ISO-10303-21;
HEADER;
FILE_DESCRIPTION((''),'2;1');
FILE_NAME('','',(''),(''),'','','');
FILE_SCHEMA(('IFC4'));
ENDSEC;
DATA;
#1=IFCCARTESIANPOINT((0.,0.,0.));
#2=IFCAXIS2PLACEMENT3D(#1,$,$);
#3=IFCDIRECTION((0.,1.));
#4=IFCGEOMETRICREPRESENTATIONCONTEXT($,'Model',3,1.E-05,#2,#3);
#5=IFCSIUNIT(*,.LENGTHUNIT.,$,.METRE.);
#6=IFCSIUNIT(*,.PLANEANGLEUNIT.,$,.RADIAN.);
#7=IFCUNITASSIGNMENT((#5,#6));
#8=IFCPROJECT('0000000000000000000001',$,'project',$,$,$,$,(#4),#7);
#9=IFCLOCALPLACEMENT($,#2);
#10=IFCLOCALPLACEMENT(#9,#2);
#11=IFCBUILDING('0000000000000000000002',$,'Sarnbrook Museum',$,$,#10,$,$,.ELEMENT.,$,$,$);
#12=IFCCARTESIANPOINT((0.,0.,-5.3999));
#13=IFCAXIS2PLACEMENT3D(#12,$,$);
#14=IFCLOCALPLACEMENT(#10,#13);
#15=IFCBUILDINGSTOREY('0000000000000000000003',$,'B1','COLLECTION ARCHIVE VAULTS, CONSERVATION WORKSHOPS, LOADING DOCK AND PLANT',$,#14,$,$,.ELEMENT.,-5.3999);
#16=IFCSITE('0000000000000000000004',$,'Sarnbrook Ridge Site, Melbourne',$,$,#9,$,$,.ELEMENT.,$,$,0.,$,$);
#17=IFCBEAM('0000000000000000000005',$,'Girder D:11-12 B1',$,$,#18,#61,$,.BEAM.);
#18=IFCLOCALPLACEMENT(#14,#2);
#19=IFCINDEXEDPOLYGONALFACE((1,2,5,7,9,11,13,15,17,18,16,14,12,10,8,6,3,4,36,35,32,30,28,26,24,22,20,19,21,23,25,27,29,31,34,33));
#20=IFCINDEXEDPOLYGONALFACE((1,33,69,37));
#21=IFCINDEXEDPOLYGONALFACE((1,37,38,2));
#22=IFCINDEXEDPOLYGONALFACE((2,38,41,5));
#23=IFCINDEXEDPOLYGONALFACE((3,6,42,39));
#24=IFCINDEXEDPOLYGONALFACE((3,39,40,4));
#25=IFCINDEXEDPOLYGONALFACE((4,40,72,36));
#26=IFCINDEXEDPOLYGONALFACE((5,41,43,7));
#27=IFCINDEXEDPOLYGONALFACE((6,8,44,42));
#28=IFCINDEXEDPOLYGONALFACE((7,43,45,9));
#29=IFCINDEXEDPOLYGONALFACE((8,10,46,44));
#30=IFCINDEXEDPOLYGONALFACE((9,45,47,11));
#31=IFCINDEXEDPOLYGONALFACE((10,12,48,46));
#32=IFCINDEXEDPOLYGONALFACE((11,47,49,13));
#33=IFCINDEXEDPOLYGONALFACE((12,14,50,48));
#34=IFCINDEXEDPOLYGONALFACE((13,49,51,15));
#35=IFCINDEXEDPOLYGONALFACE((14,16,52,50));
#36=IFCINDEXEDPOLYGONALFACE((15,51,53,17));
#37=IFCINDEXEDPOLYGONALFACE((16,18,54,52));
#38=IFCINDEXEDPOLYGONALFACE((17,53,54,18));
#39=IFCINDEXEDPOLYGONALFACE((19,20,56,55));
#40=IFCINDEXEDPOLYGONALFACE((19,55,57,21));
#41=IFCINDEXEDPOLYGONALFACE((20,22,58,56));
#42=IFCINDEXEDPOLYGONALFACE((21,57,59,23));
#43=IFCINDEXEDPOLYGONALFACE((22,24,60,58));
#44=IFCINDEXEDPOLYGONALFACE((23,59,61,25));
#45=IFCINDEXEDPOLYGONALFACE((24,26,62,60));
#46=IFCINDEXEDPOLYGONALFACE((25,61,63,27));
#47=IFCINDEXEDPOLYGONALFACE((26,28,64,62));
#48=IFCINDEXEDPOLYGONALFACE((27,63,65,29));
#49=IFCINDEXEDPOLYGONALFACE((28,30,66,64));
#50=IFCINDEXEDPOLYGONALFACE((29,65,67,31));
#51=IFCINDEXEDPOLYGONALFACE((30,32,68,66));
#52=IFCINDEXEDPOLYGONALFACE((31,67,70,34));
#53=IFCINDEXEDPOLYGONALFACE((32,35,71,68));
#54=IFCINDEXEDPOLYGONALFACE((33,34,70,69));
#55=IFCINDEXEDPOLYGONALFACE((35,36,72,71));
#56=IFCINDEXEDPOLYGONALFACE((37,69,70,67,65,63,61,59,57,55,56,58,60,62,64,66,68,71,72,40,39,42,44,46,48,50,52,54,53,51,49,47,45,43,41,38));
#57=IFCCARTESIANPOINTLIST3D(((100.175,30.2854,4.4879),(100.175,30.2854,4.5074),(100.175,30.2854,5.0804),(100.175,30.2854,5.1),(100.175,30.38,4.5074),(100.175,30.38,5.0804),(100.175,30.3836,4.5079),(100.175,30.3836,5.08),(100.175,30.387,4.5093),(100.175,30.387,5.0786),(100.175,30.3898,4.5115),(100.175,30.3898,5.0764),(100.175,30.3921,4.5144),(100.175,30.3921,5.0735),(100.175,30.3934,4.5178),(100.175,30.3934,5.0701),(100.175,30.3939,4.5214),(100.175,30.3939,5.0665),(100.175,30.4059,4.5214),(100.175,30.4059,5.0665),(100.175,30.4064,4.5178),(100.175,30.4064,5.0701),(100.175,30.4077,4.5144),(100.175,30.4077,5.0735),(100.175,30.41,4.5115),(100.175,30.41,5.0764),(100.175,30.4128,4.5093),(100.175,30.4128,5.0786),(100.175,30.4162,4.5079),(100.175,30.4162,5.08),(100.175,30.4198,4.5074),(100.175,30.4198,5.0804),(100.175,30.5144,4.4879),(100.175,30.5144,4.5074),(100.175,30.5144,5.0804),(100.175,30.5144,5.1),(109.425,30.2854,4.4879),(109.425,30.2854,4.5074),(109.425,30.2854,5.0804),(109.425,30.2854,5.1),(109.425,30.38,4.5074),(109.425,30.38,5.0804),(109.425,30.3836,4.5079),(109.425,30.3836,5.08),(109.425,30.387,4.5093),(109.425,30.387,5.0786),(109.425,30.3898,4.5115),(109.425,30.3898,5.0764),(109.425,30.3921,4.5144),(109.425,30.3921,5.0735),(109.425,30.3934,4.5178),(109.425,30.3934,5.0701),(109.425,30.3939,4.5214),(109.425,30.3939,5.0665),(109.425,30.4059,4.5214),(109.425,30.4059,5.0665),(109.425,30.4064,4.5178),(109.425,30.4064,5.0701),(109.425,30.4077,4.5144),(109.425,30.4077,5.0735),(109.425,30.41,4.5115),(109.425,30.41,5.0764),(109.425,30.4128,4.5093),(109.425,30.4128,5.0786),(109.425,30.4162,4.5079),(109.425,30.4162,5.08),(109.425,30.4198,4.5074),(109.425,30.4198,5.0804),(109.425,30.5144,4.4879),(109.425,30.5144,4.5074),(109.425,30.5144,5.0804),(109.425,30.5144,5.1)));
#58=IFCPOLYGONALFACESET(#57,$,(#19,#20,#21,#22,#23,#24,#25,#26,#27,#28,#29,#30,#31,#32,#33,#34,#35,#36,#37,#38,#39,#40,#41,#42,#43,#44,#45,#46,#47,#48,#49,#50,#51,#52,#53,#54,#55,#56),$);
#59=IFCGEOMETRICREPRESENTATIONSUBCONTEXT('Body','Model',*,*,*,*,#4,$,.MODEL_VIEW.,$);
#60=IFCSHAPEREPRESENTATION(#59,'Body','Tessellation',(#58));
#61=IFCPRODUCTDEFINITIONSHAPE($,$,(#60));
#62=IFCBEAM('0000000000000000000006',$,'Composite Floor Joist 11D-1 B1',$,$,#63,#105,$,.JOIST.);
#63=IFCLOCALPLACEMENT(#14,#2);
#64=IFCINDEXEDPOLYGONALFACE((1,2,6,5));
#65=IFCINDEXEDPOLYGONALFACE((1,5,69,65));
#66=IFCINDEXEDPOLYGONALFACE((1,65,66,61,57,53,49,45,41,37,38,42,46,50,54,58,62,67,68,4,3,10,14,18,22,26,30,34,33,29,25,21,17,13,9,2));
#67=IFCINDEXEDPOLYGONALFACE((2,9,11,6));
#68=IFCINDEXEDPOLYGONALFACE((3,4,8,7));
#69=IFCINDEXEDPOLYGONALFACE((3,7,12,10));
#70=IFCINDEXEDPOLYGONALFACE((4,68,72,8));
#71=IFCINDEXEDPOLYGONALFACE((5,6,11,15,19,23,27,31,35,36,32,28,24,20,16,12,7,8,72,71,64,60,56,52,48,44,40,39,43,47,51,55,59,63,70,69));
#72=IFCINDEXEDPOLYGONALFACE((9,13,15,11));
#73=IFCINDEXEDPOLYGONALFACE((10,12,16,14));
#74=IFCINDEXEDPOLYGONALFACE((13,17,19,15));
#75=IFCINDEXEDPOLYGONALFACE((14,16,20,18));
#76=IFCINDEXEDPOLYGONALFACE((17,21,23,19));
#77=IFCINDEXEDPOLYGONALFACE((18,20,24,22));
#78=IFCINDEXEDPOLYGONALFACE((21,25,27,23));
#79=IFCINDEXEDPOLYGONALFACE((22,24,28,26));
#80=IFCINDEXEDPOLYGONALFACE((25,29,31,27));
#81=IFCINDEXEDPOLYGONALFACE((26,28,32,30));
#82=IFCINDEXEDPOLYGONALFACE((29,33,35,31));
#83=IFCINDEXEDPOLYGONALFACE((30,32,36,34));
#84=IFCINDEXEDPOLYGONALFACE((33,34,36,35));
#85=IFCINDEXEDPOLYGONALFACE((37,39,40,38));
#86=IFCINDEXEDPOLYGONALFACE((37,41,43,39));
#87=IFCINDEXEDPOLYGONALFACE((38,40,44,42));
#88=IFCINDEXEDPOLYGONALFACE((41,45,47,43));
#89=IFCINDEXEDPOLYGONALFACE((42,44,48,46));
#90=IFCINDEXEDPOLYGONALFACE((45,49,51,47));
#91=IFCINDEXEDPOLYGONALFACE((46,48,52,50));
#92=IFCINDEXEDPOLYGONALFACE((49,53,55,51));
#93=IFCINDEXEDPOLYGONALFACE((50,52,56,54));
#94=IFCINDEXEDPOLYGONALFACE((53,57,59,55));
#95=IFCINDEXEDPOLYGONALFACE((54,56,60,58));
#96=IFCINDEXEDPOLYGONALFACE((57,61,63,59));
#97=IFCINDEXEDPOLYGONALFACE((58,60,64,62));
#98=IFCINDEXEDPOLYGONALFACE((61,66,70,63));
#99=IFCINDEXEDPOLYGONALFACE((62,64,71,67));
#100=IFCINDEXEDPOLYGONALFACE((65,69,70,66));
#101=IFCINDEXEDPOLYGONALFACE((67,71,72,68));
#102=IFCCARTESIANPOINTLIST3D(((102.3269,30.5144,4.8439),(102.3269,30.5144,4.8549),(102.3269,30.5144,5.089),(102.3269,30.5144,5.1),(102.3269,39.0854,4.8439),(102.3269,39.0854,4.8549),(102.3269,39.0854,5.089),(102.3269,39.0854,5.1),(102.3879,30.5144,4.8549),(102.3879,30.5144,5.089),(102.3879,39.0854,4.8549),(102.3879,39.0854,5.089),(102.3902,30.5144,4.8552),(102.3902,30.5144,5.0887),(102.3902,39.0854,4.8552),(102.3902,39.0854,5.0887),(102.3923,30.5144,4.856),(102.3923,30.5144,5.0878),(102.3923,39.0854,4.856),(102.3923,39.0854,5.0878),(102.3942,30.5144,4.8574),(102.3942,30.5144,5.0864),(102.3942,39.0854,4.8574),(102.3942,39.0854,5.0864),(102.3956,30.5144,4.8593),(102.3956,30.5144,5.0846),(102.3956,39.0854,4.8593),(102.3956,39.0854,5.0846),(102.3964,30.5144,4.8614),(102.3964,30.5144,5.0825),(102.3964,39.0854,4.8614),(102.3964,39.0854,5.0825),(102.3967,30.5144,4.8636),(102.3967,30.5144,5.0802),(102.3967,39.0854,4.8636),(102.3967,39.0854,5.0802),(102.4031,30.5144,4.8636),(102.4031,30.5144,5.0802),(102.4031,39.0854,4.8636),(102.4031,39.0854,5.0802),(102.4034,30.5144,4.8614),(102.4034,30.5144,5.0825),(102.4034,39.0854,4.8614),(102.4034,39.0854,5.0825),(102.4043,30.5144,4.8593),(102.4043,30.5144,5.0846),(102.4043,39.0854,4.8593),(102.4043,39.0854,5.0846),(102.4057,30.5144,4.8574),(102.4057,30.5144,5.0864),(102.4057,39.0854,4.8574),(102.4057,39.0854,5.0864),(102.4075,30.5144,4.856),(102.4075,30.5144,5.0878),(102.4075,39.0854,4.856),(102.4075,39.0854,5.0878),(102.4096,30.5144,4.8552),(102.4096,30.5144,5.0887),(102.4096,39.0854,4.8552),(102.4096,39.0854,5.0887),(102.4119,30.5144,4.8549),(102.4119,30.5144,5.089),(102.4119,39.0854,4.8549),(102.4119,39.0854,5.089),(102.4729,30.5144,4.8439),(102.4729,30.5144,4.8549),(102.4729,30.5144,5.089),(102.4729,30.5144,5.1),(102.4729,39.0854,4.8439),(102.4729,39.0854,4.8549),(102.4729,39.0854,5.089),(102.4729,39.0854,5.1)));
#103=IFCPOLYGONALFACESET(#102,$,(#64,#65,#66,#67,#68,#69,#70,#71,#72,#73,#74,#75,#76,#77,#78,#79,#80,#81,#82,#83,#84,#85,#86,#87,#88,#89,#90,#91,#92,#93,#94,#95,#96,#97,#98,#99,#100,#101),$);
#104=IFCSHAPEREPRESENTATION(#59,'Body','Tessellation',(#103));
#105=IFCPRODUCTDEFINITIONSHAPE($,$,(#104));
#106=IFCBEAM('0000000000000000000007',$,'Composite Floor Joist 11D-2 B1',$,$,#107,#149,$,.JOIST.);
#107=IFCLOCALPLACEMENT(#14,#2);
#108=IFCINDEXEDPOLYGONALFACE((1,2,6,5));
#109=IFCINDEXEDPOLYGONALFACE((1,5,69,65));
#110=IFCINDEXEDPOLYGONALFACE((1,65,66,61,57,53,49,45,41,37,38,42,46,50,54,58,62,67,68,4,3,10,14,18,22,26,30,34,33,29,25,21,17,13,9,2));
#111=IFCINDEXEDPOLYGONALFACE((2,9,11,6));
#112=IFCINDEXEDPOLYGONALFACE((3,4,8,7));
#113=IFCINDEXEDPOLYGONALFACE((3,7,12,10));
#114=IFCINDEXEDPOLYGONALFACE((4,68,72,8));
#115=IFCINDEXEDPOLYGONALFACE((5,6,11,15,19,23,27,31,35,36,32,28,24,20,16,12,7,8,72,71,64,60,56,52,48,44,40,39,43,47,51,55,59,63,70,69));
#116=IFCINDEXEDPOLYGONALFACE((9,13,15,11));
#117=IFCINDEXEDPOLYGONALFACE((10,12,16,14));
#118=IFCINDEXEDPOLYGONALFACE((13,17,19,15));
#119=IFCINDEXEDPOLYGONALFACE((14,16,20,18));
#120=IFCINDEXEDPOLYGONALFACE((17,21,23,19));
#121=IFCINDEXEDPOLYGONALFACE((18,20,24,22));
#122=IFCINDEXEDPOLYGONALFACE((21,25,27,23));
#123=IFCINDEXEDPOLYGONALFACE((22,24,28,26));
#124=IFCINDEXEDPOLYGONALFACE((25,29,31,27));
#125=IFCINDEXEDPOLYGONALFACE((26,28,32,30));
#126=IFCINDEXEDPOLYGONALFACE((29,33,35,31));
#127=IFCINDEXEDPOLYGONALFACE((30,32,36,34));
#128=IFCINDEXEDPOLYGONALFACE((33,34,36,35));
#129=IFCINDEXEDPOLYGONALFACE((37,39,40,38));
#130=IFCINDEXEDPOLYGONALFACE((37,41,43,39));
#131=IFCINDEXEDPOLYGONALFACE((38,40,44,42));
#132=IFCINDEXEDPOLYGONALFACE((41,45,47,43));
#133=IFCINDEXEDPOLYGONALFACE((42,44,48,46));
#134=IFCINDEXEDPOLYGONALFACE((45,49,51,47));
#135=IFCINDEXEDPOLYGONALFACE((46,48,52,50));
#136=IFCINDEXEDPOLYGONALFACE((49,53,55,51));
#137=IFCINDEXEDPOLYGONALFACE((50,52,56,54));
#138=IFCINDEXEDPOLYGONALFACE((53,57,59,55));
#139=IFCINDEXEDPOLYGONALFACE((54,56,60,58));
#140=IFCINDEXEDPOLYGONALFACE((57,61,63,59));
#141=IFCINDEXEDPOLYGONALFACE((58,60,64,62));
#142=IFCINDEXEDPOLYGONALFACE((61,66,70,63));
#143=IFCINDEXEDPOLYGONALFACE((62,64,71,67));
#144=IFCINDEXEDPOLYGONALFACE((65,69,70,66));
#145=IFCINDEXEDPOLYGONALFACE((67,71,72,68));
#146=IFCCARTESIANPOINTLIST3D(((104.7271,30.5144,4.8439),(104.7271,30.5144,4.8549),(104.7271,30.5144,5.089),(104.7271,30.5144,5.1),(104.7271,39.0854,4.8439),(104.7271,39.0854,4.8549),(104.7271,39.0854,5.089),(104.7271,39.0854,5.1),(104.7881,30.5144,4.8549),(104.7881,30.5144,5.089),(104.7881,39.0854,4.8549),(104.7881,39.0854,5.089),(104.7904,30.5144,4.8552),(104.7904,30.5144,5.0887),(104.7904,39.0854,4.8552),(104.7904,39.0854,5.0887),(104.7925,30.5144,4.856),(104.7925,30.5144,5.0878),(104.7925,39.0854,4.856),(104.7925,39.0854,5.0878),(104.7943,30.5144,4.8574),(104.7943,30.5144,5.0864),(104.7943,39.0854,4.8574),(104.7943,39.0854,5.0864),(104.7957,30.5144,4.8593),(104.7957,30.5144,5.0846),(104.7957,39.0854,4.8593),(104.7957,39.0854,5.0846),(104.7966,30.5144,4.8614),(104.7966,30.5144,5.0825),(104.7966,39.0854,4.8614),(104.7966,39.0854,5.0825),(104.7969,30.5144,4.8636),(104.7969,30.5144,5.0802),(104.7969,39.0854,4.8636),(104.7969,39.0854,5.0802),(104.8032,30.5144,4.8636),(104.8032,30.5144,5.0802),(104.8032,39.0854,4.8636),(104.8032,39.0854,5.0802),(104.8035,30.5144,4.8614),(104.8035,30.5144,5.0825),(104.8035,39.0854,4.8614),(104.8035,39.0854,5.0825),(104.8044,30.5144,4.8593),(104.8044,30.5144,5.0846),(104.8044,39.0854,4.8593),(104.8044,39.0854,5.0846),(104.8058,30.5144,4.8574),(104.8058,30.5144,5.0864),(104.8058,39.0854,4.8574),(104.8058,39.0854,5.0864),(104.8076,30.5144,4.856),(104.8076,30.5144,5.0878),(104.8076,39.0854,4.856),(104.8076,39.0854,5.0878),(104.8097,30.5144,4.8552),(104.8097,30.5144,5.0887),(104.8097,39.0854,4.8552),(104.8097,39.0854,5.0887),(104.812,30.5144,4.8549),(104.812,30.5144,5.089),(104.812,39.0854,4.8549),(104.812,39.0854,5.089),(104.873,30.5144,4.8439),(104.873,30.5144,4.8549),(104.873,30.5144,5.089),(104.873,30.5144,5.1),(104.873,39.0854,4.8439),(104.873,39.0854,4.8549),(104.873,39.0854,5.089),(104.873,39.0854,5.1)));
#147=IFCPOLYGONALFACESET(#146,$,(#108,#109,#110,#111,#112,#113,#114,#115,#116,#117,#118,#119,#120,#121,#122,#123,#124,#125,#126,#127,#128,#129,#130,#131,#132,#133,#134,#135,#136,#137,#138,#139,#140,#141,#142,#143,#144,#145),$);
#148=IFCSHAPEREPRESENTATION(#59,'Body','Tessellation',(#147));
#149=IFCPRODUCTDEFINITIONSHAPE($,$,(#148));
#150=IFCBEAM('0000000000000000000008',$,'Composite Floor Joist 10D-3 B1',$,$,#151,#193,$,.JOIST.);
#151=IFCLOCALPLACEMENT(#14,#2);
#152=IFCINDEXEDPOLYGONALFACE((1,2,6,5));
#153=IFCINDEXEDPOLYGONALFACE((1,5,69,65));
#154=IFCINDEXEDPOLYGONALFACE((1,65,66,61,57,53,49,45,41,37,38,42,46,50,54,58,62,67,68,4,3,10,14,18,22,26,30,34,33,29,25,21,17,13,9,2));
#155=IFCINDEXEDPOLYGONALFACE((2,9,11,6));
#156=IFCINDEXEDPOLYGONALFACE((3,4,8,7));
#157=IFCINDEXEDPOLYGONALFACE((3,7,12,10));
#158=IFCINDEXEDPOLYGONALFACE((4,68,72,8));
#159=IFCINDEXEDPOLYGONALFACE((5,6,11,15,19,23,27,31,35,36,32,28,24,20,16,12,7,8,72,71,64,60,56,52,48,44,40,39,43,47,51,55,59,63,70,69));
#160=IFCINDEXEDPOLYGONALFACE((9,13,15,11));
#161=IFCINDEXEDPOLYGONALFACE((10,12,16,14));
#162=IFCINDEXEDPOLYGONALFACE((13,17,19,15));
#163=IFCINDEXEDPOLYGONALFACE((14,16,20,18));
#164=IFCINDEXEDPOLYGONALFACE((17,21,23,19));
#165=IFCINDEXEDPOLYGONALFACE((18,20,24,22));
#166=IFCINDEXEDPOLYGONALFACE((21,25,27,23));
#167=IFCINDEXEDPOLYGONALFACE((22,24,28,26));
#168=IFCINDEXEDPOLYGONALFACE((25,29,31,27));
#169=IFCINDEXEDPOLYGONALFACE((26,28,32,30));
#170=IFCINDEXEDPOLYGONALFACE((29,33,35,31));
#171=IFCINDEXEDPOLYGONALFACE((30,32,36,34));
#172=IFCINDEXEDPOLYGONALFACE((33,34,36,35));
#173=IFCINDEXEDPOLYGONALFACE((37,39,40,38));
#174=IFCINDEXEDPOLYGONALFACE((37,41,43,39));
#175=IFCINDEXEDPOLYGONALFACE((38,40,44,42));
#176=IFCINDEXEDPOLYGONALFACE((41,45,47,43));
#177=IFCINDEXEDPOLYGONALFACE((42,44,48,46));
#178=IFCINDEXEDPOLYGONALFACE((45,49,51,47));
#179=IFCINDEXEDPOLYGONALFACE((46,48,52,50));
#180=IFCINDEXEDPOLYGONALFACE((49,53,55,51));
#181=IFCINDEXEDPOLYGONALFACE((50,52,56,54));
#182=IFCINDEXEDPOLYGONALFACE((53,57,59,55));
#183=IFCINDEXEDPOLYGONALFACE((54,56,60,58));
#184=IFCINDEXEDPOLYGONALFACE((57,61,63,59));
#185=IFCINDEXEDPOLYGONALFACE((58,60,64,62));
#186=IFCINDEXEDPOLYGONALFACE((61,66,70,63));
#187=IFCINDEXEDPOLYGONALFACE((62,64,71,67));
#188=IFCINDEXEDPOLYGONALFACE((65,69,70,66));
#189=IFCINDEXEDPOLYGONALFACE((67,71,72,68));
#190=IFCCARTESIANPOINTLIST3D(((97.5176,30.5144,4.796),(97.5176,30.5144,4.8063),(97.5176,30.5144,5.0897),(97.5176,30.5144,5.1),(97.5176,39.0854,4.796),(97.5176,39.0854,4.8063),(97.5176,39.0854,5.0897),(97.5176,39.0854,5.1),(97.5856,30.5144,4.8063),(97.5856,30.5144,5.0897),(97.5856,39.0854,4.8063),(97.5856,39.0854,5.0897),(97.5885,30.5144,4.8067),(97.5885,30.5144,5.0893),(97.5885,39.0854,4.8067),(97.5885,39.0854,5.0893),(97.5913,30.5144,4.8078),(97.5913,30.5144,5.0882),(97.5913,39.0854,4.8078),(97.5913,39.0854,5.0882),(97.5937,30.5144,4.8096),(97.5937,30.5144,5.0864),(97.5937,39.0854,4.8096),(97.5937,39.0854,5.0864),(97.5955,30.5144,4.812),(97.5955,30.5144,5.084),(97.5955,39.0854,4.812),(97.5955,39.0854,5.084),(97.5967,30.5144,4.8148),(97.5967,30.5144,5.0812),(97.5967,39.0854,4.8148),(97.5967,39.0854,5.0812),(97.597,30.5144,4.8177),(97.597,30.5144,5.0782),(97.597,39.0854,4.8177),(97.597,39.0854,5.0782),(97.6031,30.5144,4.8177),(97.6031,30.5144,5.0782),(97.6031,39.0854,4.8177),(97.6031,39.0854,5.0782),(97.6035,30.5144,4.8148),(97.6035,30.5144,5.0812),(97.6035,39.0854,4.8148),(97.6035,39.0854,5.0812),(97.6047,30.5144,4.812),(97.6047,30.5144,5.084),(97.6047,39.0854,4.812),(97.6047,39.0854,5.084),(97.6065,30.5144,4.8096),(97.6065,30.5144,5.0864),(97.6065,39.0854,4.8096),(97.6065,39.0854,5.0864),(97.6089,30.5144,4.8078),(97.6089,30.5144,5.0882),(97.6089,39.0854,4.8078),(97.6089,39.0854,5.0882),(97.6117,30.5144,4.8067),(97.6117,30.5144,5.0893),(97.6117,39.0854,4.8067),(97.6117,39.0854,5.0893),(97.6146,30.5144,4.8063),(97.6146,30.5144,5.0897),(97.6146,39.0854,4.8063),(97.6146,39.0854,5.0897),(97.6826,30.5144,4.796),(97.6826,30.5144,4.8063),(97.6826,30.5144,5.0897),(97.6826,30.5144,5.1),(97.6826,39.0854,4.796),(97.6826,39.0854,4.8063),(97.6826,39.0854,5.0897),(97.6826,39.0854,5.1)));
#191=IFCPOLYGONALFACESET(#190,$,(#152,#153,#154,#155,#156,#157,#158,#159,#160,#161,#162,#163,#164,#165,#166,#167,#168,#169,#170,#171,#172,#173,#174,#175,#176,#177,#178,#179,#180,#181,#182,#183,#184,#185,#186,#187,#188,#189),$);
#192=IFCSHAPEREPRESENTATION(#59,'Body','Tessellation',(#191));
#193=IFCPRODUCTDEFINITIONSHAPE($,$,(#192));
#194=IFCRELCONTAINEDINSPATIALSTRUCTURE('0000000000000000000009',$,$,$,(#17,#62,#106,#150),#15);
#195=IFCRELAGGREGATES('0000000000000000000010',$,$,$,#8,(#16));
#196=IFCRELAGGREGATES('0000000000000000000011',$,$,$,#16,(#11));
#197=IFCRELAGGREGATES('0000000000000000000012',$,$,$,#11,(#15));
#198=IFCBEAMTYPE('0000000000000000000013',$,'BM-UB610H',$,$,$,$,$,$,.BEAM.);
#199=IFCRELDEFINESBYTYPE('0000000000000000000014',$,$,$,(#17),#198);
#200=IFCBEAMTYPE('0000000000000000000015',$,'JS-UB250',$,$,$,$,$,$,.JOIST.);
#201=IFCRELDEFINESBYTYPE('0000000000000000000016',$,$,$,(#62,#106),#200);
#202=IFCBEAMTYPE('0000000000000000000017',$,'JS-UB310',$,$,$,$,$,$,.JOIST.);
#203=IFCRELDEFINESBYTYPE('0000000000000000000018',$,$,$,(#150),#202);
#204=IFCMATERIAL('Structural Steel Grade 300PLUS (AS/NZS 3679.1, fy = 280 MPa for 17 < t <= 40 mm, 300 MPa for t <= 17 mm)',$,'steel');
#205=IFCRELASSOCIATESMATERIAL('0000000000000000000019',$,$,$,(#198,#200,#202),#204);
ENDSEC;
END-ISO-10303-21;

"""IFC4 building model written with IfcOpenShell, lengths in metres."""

from ifc_helpers import new_model, si_unit, direction, frame, origin, origin_2d, place, context, subcontext, project, spatial, i_section, extrude, material, material_profile, profile_set, type_object, element, save


model = new_model("IFC4")

# Units and contexts
model_context = context("Model", 3, precision=1e-05, world=origin(), true_north=direction((0.0, 1.0)))
body_context = subcontext(model_context, "Body", "Model", "MODEL_VIEW")
ifc_project = project(units=[si_unit("LENGTHUNIT", "METRE"), si_unit("PLANEANGLEUNIT", "RADIAN")], contexts=[model_context])

# Site, building, storey
site_placement = place(None, origin())
site = spatial("IfcSite", under=ifc_project, at=site_placement, Name="Sarnbrook Ridge Site, Melbourne", CompositionType="ELEMENT", RefElevation=0.0)
building_placement = place(site_placement, origin())
building = spatial("IfcBuilding", under=site, at=building_placement, Name="Sarnbrook Museum", CompositionType="ELEMENT")
storey_placement = place(building_placement, frame((0.0, 0.0, -5.3999)))
storey = spatial("IfcBuildingStorey", under=building, at=storey_placement, Name="B1", Description="COLLECTION ARCHIVE VAULTS, CONSERVATION WORKSHOPS, LOADING DOCK AND PLANT", CompositionType="ELEMENT", Elevation=-5.3999)

# Beams
ifc_material_1 = material(Name="Structural Steel Grade 300PLUS (AS/NZS 3679.1, fy = 280 MPa for 17 < t <= 40 mm, 300 MPa for t <= 17 mm)", Category="steel")
ifc_material_profile_1 = material_profile(ifc_material_1, i_section(OverallWidth=0.229, OverallDepth=0.6121, WebThickness=0.012, FlangeThickness=0.0195, FilletRadius=0.0139, at=origin_2d()), Name="610UB125")
ifc_profile_set_1 = profile_set([ifc_material_profile_1], Name="Structural Steel Grade 300PLUS (AS/NZS 3679.1, fy = 280 MPa for 17 < t <= 40 mm, 300 MPa for t <= 17 mm)")
beam_type_1 = type_object("IfcBeamType", Name="BM-UB610H", PredefinedType="BEAM", material=ifc_profile_set_1)
for number, where, z_axis, x_axis, name in (
    (1, (100.175, 30.3999, 4.7939), (1.0, 0.0, 0.0), (0.0, 1.0, 0.0), "Girder D:11-12 B1"),
):
    element("IfcBeam", number, at=place(storey_placement, frame(where, z_axis=z_axis, x_axis=x_axis)), inside=storey, type_object=beam_type_1, Name=name, PredefinedType="BEAM", context=body_context, shape_type="SweptSolid", body=[
        extrude(i_section(OverallWidth=0.229, OverallDepth=0.6121, WebThickness=0.012, FlangeThickness=0.0195, FilletRadius=0.0139, at=origin_2d()), origin(), (0.0, 0.0, 1.0), 9.25),
    ])
ifc_material_profile_2 = material_profile(ifc_material_1, i_section(OverallWidth=0.146, OverallDepth=0.2561, WebThickness=0.0063, FlangeThickness=0.011, FilletRadius=0.0088, at=origin_2d()), Name="250UB37.3")
ifc_profile_set_2 = profile_set([ifc_material_profile_2], Name="Structural Steel Grade 300PLUS (AS/NZS 3679.1, fy = 280 MPa for 17 < t <= 40 mm, 300 MPa for t <= 17 mm)")
beam_type_2 = type_object("IfcBeamType", Name="JS-UB250", PredefinedType="JOIST", material=ifc_profile_set_2)
for number, where, z_axis, x_axis, name in (
    (2, (102.3999, 30.5144, 4.9719), (0.0, 1.0, 0.0), (-1.0, 0.0, 0.0), "Composite Floor Joist 11D-1 B1"),
    (3, (104.8, 30.5144, 4.9719), (0.0, 1.0, 0.0), (-1.0, 0.0, 0.0), "Composite Floor Joist 11D-2 B1"),
):
    element("IfcBeam", number, at=place(storey_placement, frame(where, z_axis=z_axis, x_axis=x_axis)), inside=storey, type_object=beam_type_2, Name=name, PredefinedType="JOIST", context=body_context, shape_type="SweptSolid", body=[
        extrude(i_section(OverallWidth=0.146, OverallDepth=0.2561, WebThickness=0.0063, FlangeThickness=0.011, FilletRadius=0.0088, at=origin_2d()), origin(), (0.0, 0.0, 1.0), 8.571),
    ])
ifc_material_profile_3 = material_profile(ifc_material_1, i_section(OverallWidth=0.165, OverallDepth=0.304, WebThickness=0.0061, FlangeThickness=0.0103, FilletRadius=0.0115, at=origin_2d()), Name="310UB40.4")
ifc_profile_set_3 = profile_set([ifc_material_profile_3], Name="Structural Steel Grade 300PLUS (AS/NZS 3679.1, fy = 280 MPa for 17 < t <= 40 mm, 300 MPa for t <= 17 mm)")
beam_type_3 = type_object("IfcBeamType", Name="JS-UB310", PredefinedType="JOIST", material=ifc_profile_set_3)
beam_1_placement = place(storey_placement, frame((97.6001, 30.5144, 4.948), z_axis=(0.0, 1.0, 0.0), x_axis=(-1.0, 0.0, 0.0)))
element("IfcBeam", 4, at=beam_1_placement, inside=storey, type_object=beam_type_3, Name="Composite Floor Joist 10D-3 B1", PredefinedType="JOIST", context=body_context, shape_type="SweptSolid", body=[
    extrude(i_section(OverallWidth=0.165, OverallDepth=0.304, WebThickness=0.0061, FlangeThickness=0.0103, FilletRadius=0.0115, at=origin_2d()), origin(), (0.0, 0.0, 1.0), 8.571),
])

save(model, "model.ifc")
